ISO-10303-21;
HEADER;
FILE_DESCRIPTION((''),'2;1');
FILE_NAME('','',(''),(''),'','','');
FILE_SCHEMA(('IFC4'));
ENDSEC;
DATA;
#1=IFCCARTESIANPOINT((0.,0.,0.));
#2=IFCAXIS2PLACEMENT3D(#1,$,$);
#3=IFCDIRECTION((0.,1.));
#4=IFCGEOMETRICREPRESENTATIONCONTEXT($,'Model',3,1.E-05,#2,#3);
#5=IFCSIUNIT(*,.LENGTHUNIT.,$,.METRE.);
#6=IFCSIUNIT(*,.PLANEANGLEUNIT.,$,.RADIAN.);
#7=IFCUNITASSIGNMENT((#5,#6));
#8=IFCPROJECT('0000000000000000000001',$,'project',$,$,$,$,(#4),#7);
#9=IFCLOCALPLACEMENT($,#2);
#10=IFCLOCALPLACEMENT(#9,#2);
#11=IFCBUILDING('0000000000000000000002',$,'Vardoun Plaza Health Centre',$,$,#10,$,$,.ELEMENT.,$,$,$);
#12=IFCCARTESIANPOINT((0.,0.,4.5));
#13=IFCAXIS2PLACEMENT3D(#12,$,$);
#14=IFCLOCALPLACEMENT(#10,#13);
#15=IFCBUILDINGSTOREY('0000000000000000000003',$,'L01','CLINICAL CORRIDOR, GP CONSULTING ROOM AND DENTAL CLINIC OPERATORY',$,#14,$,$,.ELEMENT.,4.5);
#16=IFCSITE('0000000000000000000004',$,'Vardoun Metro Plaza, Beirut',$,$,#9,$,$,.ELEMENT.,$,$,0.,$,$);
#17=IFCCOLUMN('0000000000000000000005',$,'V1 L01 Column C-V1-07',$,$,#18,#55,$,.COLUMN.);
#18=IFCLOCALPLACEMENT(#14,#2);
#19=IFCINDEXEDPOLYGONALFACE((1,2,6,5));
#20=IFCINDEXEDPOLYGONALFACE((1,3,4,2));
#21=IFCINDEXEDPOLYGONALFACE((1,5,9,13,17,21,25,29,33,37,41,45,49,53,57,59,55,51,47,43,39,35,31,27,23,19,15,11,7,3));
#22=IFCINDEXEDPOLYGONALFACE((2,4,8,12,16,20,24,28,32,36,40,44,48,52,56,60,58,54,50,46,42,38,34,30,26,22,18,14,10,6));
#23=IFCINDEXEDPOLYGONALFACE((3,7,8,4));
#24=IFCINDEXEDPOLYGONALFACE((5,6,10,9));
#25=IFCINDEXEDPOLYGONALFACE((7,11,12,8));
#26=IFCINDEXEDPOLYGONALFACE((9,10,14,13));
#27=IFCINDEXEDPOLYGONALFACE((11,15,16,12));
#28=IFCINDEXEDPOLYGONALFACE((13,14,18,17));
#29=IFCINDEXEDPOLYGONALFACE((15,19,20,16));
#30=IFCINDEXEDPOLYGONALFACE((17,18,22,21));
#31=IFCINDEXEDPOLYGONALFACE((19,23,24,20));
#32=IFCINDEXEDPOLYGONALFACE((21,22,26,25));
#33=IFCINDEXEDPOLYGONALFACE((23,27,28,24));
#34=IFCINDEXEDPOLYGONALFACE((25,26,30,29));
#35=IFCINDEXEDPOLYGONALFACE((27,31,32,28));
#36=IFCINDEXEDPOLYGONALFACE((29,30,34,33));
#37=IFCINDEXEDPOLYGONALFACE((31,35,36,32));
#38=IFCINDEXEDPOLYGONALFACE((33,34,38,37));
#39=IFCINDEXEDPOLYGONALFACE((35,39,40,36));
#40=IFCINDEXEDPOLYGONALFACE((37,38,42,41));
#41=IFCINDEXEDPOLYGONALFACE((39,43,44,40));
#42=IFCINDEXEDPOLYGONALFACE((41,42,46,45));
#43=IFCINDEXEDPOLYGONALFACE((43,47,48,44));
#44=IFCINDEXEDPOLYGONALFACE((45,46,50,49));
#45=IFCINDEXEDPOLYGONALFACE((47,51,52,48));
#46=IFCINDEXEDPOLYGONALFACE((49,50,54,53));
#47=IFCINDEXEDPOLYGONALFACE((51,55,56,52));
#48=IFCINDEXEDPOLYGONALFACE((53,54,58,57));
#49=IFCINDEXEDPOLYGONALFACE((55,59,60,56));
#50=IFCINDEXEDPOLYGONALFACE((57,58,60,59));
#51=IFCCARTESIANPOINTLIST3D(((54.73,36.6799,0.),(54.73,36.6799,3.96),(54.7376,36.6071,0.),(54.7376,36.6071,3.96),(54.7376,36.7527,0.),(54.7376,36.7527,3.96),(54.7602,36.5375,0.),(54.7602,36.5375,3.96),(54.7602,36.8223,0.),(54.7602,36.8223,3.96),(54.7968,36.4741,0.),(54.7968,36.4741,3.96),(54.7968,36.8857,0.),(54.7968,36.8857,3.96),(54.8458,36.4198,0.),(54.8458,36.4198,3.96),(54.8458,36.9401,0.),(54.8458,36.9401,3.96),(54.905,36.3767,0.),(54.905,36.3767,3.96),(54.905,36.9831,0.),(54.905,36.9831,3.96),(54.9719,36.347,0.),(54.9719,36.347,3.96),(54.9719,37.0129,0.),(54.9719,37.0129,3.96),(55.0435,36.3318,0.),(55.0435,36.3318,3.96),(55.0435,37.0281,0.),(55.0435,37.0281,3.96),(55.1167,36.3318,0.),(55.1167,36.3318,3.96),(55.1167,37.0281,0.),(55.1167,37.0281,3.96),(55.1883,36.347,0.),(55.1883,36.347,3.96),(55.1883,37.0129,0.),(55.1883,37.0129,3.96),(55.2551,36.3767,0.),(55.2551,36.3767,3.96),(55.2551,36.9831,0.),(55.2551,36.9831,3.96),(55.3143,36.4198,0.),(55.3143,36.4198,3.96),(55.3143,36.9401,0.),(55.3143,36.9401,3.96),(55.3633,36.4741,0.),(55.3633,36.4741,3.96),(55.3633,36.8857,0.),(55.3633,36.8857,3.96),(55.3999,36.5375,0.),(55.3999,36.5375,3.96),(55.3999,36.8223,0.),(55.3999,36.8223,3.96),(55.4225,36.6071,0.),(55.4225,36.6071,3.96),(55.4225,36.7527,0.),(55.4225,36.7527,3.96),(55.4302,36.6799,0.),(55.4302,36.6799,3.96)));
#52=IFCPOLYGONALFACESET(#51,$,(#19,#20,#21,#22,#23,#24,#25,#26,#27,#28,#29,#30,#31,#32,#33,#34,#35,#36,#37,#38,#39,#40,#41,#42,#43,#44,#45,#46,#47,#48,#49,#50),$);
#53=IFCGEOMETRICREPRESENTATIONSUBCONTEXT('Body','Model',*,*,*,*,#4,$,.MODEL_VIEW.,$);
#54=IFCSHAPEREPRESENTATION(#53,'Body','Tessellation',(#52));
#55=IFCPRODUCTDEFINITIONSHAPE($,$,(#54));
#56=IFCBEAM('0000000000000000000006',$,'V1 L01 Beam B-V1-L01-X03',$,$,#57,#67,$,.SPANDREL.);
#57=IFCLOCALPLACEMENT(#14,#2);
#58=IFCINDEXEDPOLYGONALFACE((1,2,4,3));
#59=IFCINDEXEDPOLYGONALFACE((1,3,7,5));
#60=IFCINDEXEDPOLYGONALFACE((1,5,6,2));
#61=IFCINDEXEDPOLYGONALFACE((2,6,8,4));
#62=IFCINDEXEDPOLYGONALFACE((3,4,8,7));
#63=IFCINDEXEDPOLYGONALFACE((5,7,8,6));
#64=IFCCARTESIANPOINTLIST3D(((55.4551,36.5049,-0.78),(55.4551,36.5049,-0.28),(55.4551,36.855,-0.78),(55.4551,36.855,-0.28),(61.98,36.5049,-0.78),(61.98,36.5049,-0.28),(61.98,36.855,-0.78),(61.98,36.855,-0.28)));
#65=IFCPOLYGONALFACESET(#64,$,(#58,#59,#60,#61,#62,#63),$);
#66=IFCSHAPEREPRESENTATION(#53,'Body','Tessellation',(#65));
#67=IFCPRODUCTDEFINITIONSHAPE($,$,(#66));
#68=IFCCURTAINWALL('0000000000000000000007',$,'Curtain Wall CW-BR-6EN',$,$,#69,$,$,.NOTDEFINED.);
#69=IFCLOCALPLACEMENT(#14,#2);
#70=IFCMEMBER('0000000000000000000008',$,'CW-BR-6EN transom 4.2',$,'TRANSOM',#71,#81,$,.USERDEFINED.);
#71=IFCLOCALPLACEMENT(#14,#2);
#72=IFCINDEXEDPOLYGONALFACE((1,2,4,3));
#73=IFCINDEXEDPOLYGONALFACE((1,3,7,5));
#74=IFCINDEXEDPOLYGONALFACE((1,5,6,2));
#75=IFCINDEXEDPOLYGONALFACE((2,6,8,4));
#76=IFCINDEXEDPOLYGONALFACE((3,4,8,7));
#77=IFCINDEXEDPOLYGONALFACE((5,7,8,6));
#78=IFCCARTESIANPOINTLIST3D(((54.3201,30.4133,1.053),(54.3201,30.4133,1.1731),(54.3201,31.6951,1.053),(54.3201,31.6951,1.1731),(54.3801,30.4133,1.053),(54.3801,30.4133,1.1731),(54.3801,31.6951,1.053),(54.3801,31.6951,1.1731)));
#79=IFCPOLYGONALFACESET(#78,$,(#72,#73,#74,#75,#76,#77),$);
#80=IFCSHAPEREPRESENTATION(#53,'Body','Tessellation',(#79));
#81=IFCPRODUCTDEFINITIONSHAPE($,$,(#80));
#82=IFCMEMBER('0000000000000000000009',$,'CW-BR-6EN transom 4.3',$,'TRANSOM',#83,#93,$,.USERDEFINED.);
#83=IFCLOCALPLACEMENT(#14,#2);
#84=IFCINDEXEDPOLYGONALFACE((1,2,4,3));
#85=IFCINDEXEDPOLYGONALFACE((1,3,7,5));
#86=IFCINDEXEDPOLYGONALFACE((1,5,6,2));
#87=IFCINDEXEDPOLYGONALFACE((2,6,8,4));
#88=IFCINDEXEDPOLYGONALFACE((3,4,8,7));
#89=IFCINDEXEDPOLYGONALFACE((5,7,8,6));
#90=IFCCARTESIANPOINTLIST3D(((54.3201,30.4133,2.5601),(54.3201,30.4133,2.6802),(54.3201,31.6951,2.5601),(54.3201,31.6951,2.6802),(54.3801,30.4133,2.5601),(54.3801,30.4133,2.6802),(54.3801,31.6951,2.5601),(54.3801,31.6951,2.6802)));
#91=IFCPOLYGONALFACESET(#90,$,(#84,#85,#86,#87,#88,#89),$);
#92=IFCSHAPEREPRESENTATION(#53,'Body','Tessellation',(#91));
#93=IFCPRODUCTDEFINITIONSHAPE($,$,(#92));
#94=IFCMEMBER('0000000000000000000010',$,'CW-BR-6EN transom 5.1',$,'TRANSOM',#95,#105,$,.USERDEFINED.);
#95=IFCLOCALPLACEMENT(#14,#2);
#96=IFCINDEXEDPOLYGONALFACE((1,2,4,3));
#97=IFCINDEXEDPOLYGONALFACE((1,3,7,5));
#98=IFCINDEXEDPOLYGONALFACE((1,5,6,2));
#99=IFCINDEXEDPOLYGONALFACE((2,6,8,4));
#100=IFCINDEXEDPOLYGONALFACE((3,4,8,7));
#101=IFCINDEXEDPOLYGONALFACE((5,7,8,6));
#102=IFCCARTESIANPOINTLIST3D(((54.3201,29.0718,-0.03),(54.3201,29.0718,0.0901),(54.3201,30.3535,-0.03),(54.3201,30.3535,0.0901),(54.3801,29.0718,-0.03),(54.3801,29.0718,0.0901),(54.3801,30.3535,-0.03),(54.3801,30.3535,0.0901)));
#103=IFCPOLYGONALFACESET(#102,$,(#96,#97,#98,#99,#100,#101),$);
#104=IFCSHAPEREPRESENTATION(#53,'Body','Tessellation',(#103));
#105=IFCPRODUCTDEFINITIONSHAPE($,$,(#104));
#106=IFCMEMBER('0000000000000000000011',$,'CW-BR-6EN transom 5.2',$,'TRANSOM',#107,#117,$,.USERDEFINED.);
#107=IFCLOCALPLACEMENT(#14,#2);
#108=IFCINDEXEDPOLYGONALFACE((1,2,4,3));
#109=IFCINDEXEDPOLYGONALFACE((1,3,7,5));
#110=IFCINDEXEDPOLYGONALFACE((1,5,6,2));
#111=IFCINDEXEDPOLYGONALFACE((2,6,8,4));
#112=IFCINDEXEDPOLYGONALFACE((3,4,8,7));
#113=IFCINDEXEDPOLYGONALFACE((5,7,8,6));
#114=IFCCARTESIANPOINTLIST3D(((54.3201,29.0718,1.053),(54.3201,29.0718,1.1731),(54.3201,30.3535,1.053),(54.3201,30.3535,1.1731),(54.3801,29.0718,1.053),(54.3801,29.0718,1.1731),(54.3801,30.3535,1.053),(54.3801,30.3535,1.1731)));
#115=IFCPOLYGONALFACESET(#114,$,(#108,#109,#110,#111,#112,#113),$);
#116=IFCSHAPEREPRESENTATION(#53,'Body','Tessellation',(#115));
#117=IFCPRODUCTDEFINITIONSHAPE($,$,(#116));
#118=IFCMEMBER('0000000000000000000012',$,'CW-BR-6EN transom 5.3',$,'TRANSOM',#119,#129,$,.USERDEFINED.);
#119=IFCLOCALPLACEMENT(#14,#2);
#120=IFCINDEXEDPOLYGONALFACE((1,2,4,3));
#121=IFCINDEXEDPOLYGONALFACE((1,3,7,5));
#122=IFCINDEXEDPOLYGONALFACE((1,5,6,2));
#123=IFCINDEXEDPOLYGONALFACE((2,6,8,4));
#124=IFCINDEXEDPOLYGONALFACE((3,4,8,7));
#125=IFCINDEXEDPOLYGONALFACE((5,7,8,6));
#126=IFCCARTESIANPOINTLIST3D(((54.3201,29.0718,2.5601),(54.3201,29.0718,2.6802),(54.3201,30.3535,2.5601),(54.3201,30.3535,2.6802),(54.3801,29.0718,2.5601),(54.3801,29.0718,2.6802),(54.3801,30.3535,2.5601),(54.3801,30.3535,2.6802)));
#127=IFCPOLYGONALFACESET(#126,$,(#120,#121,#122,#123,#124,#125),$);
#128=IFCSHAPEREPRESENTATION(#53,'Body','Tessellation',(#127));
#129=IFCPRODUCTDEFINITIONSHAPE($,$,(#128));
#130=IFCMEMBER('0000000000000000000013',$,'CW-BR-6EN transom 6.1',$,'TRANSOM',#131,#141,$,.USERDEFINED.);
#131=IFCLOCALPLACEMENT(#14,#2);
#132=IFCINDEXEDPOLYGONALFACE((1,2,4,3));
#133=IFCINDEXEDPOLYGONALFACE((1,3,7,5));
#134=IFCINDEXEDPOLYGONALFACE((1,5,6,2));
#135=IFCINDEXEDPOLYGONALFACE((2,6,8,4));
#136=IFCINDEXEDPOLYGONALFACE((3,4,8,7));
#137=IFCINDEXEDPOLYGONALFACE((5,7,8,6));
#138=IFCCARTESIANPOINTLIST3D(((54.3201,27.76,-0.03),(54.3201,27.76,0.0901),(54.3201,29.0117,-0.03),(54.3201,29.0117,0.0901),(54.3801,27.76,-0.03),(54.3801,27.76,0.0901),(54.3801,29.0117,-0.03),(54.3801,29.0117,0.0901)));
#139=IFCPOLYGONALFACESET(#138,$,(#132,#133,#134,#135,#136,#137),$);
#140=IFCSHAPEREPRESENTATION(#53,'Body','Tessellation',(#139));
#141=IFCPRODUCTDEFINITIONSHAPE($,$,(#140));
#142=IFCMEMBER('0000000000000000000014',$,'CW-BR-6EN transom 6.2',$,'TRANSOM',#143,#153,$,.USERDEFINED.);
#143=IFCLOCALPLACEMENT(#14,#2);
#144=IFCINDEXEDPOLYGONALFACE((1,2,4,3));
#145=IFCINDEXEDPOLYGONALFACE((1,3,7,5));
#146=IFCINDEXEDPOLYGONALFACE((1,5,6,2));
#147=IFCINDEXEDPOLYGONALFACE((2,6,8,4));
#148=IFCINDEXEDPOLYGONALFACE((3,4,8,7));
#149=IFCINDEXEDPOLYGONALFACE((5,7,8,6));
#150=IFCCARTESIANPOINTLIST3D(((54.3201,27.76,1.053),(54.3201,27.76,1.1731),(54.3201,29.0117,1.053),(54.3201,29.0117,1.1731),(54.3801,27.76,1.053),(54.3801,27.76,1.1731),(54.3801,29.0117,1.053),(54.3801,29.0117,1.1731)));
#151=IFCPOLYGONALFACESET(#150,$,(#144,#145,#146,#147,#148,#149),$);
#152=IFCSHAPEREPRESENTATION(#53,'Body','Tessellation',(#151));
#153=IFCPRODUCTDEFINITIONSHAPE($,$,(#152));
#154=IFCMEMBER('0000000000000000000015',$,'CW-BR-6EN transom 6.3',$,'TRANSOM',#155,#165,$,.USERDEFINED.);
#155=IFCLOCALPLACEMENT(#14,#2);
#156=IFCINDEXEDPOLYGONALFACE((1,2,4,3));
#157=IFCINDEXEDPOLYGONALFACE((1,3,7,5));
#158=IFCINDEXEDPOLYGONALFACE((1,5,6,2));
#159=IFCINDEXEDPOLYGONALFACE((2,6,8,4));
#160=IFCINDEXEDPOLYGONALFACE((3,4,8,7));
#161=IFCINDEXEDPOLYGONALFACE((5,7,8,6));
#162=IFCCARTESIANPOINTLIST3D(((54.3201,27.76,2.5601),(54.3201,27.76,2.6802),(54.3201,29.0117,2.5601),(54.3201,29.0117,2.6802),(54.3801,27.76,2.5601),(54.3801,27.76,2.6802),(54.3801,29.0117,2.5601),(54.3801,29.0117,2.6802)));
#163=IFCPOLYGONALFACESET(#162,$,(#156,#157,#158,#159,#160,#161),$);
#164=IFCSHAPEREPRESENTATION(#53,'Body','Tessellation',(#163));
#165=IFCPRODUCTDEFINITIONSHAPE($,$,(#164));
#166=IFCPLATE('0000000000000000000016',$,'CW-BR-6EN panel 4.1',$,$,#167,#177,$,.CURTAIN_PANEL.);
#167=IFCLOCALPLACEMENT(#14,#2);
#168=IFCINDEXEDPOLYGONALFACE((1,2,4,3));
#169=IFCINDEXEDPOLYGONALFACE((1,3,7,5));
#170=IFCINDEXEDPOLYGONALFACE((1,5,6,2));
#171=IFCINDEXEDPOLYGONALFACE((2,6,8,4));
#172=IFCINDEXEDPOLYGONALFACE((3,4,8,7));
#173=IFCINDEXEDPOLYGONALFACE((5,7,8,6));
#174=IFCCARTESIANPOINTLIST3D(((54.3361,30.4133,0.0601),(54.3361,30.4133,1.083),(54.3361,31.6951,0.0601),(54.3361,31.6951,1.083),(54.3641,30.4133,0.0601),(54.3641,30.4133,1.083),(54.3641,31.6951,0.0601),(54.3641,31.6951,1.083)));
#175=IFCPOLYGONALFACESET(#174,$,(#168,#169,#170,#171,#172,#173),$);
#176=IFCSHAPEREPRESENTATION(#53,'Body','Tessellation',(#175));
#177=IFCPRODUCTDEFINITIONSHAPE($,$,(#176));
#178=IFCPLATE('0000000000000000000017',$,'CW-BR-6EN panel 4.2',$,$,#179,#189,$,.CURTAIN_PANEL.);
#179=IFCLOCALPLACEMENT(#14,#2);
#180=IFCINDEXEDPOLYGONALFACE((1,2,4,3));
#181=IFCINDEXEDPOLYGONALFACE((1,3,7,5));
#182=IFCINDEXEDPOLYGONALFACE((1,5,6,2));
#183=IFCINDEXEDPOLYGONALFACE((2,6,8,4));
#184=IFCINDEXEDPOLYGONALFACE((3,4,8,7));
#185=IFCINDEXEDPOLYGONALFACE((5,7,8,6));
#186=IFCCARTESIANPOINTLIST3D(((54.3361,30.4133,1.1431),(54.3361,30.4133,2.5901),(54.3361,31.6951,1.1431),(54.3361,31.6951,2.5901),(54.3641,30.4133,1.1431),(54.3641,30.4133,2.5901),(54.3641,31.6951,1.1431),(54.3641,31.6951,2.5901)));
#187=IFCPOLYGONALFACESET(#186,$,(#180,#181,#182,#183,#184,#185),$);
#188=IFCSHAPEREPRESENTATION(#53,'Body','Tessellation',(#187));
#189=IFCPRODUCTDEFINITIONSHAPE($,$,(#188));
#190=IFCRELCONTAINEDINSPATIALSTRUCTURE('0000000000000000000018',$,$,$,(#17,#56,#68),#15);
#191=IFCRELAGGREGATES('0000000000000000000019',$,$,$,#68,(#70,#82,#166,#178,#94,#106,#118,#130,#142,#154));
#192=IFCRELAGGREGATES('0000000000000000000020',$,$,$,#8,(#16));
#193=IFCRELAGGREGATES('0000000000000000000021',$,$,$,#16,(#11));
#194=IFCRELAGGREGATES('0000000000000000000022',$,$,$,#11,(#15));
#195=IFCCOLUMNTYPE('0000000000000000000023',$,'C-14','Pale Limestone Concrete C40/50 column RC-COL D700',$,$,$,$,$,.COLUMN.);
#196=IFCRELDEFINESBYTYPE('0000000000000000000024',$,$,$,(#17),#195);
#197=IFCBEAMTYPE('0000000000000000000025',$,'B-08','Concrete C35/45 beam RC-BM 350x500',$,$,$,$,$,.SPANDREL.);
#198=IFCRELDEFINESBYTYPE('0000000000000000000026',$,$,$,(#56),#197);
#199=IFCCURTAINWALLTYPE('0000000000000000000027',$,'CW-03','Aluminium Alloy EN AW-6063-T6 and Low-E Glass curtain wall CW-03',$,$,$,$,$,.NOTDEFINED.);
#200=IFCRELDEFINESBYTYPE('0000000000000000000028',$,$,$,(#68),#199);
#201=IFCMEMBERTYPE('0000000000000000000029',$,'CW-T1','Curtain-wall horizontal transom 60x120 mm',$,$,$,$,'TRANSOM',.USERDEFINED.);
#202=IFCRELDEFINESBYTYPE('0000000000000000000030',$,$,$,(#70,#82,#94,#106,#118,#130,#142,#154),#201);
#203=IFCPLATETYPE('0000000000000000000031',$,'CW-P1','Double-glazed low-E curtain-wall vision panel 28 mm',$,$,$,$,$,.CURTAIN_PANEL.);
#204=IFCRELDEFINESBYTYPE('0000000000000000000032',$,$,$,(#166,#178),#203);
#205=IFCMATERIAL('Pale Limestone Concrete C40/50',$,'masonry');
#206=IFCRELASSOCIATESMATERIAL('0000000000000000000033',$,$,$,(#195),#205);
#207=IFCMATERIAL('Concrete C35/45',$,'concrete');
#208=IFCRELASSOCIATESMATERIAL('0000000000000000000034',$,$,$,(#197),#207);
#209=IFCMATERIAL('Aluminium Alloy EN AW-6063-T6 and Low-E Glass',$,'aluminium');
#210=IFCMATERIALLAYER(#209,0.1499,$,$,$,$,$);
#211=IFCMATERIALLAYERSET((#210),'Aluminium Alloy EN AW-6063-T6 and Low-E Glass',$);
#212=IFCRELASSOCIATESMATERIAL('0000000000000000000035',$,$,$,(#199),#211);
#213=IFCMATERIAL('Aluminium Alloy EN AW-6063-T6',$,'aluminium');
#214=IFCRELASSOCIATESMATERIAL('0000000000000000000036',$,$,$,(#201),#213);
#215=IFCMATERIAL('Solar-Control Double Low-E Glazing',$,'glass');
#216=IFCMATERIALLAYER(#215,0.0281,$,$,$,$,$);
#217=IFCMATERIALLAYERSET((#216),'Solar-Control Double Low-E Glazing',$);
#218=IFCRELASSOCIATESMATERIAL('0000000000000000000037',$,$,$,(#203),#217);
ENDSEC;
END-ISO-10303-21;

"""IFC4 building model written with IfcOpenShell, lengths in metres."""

from ifc_helpers import new_model, si_unit, direction, frame, origin, origin_2d, place, context, subcontext, project, spatial, rectangle, circle, extrude, material, layer, layer_set, material_profile, profile_set, type_object, element, aggregate, save


model = new_model("IFC4")

# Units and contexts
model_context = context("Model", 3, precision=1e-05, world=origin(), true_north=direction((0.0, 1.0)))
body_context = subcontext(model_context, "Body", "Model", "MODEL_VIEW")
ifc_project = project(units=[si_unit("LENGTHUNIT", "METRE"), si_unit("PLANEANGLEUNIT", "RADIAN")], contexts=[model_context])

# Site, building, storey
site_placement = place(None, origin())
site = spatial("IfcSite", under=ifc_project, at=site_placement, Name="Vardoun Metro Plaza, Beirut", CompositionType="ELEMENT", RefElevation=0.0)
building_placement = place(site_placement, origin())
building = spatial("IfcBuilding", under=site, at=building_placement, Name="Vardoun Plaza Health Centre", CompositionType="ELEMENT")
storey_placement = place(building_placement, frame((0.0, 0.0, 4.5)))
storey = spatial("IfcBuildingStorey", under=building, at=storey_placement, Name="L01", Description="CLINICAL CORRIDOR, GP CONSULTING ROOM AND DENTAL CLINIC OPERATORY", CompositionType="ELEMENT", Elevation=4.5)

# Column
ifc_material_1 = material(Name="Pale Limestone Concrete C40/50", Category="masonry")
ifc_material_profile_1 = material_profile(ifc_material_1, circle(Radius=0.3501, at=origin_2d()), Name="RC-COL D700")
ifc_profile_set_1 = profile_set([ifc_material_profile_1], Name="Pale Limestone Concrete C40/50")
column_type = type_object("IfcColumnType", Name="C-14", Description="Pale Limestone Concrete C40/50 column RC-COL D700", PredefinedType="COLUMN", material=ifc_profile_set_1)
column_placement = place(storey_placement, frame((55.0801, 36.6799, 0.0), z_axis=(0.0, 0.0, 1.0), x_axis=(1.0, 0.0, 0.0)))
element("IfcColumn", 1, at=column_placement, inside=storey, type_object=column_type, Name="V1 L01 Column C-V1-07", PredefinedType="COLUMN", context=body_context, shape_type="SweptSolid", body=[
    extrude(circle(Radius=0.3501, at=origin_2d()), origin(), (0.0, 0.0, 1.0), 3.96),
])

# Beam
ifc_material_2 = material(Name="Concrete C35/45", Category="concrete")
ifc_material_profile_2 = material_profile(ifc_material_2, rectangle(XDim=0.3501, YDim=0.5, at=origin_2d()), Name="RC-BM 350x500")
ifc_profile_set_2 = profile_set([ifc_material_profile_2], Name="Concrete C35/45")
beam_type = type_object("IfcBeamType", Name="B-08", Description="Concrete C35/45 beam RC-BM 350x500", PredefinedType="SPANDREL", material=ifc_profile_set_2)
beam_placement = place(storey_placement, frame((55.4551, 36.6799, -0.53), z_axis=(1.0, 0.0, 0.0), x_axis=(0.0, 1.0, 0.0)))
element("IfcBeam", 2, at=beam_placement, inside=storey, type_object=beam_type, Name="V1 L01 Beam B-V1-L01-X03", PredefinedType="SPANDREL", context=body_context, shape_type="SweptSolid", body=[
    extrude(rectangle(XDim=0.3501, YDim=0.5, at=origin_2d()), origin(), (0.0, 0.0, 1.0), 6.5249),
])

# Curtain wall, members, plates
ifc_material_3 = material(Name="Aluminium Alloy EN AW-6063-T6 and Low-E Glass", Category="aluminium")
ifc_layer_1 = layer(ifc_material_3, 0.1499)
ifc_layer_set_1 = layer_set([ifc_layer_1], Name="Aluminium Alloy EN AW-6063-T6 and Low-E Glass")
curtain_wall_type = type_object("IfcCurtainWallType", Name="CW-03", Description="Aluminium Alloy EN AW-6063-T6 and Low-E Glass curtain wall CW-03", PredefinedType="NOTDEFINED", material=ifc_layer_set_1)
curtain_wall_placement = place(storey_placement, origin())
curtain_wall = element("IfcCurtainWall", 3, at=curtain_wall_placement, inside=storey, type_object=curtain_wall_type, Name="Curtain Wall CW-BR-6EN", PredefinedType="NOTDEFINED")
ifc_material_4 = material(Name="Aluminium Alloy EN AW-6063-T6", Category="aluminium")
ifc_material_profile_3 = material_profile(ifc_material_4, rectangle(XDim=0.0601, YDim=0.1201, at=origin_2d()), Name="CWT 60x120")
ifc_profile_set_3 = profile_set([ifc_material_profile_3], Name="Aluminium Alloy EN AW-6063-T6")
member_type = type_object("IfcMemberType", Name="CW-T1", Description="Curtain-wall horizontal transom 60x120 mm", ElementType="TRANSOM", PredefinedType="USERDEFINED", material=ifc_profile_set_3)
member_1_placement = place(storey_placement, frame((54.3501, 31.6951, 1.113), z_axis=(0.0, -1.0, 0.0), x_axis=(1.0, 0.0, 0.0)))
member_1 = element("IfcMember", 4, at=member_1_placement, type_object=member_type, Name="CW-BR-6EN transom 4.2", ObjectType="TRANSOM", PredefinedType="USERDEFINED", context=body_context, shape_type="SweptSolid", body=[
    extrude(rectangle(XDim=0.0601, YDim=0.1201, at=origin_2d()), origin(), (0.0, 0.0, 1.0), 1.2817),
])
member_2_placement = place(storey_placement, frame((54.3501, 31.6951, 2.6201), z_axis=(0.0, -1.0, 0.0), x_axis=(1.0, 0.0, 0.0)))
member_2 = element("IfcMember", 5, at=member_2_placement, type_object=member_type, Name="CW-BR-6EN transom 4.3", ObjectType="TRANSOM", PredefinedType="USERDEFINED", context=body_context, shape_type="SweptSolid", body=[
    extrude(rectangle(XDim=0.0601, YDim=0.1201, at=origin_2d()), origin(), (0.0, 0.0, 1.0), 1.2817),
])
member_3_placement = place(storey_placement, frame((54.3501, 30.3535, 0.03), z_axis=(0.0, -1.0, 0.0), x_axis=(1.0, 0.0, 0.0)))
member_3 = element("IfcMember", 6, at=member_3_placement, type_object=member_type, Name="CW-BR-6EN transom 5.1", ObjectType="TRANSOM", PredefinedType="USERDEFINED", context=body_context, shape_type="SweptSolid", body=[
    extrude(rectangle(XDim=0.0601, YDim=0.1201, at=origin_2d()), origin(), (0.0, 0.0, 1.0), 1.2817),
])
member_4_placement = place(storey_placement, frame((54.3501, 30.3535, 1.113), z_axis=(0.0, -1.0, 0.0), x_axis=(1.0, 0.0, 0.0)))
member_4 = element("IfcMember", 7, at=member_4_placement, type_object=member_type, Name="CW-BR-6EN transom 5.2", ObjectType="TRANSOM", PredefinedType="USERDEFINED", context=body_context, shape_type="SweptSolid", body=[
    extrude(rectangle(XDim=0.0601, YDim=0.1201, at=origin_2d()), origin(), (0.0, 0.0, 1.0), 1.2817),
])
member_5_placement = place(storey_placement, frame((54.3501, 30.3535, 2.6201), z_axis=(0.0, -1.0, 0.0), x_axis=(1.0, 0.0, 0.0)))
member_5 = element("IfcMember", 8, at=member_5_placement, type_object=member_type, Name="CW-BR-6EN transom 5.3", ObjectType="TRANSOM", PredefinedType="USERDEFINED", context=body_context, shape_type="SweptSolid", body=[
    extrude(rectangle(XDim=0.0601, YDim=0.1201, at=origin_2d()), origin(), (0.0, 0.0, 1.0), 1.2817),
])
member_6_placement = place(storey_placement, frame((54.3501, 29.0117, 0.03), z_axis=(0.0, -1.0, 0.0), x_axis=(1.0, 0.0, 0.0)))
member_6 = element("IfcMember", 9, at=member_6_placement, type_object=member_type, Name="CW-BR-6EN transom 6.1", ObjectType="TRANSOM", PredefinedType="USERDEFINED", context=body_context, shape_type="SweptSolid", body=[
    extrude(rectangle(XDim=0.0601, YDim=0.1201, at=origin_2d()), origin(), (0.0, 0.0, 1.0), 1.2517),
])
member_7_placement = place(storey_placement, frame((54.3501, 29.0117, 1.113), z_axis=(0.0, -1.0, 0.0), x_axis=(1.0, 0.0, 0.0)))
member_7 = element("IfcMember", 10, at=member_7_placement, type_object=member_type, Name="CW-BR-6EN transom 6.2", ObjectType="TRANSOM", PredefinedType="USERDEFINED", context=body_context, shape_type="SweptSolid", body=[
    extrude(rectangle(XDim=0.0601, YDim=0.1201, at=origin_2d()), origin(), (0.0, 0.0, 1.0), 1.2517),
])
member_8_placement = place(storey_placement, frame((54.3501, 29.0117, 2.6201), z_axis=(0.0, -1.0, 0.0), x_axis=(1.0, 0.0, 0.0)))
member_8 = element("IfcMember", 11, at=member_8_placement, type_object=member_type, Name="CW-BR-6EN transom 6.3", ObjectType="TRANSOM", PredefinedType="USERDEFINED", context=body_context, shape_type="SweptSolid", body=[
    extrude(rectangle(XDim=0.0601, YDim=0.1201, at=origin_2d()), origin(), (0.0, 0.0, 1.0), 1.2517),
])
ifc_material_5 = material(Name="Solar-Control Double Low-E Glazing", Category="glass")
ifc_layer_2 = layer(ifc_material_5, 0.0281)
ifc_layer_set_2 = layer_set([ifc_layer_2], Name="Solar-Control Double Low-E Glazing")
plate_type = type_object("IfcPlateType", Name="CW-P1", Description="Double-glazed low-E curtain-wall vision panel 28 mm", PredefinedType="CURTAIN_PANEL", material=ifc_layer_set_2)
plate_1_placement = place(storey_placement, frame((54.3501, 31.0542, 0.0601), z_axis=(0.0, 0.0, 1.0), x_axis=(0.0, -1.0, 0.0)))
plate_1 = element("IfcPlate", 12, at=plate_1_placement, type_object=plate_type, Name="CW-BR-6EN panel 4.1", PredefinedType="CURTAIN_PANEL", context=body_context, shape_type="SweptSolid", body=[
    extrude(rectangle(XDim=1.2817, YDim=0.0281, at=origin_2d()), origin(), (0.0, 0.0, 1.0), 1.0229),
])
plate_2_placement = place(storey_placement, frame((54.3501, 31.0542, 1.1431), z_axis=(0.0, 0.0, 1.0), x_axis=(0.0, -1.0, 0.0)))
plate_2 = element("IfcPlate", 13, at=plate_2_placement, type_object=plate_type, Name="CW-BR-6EN panel 4.2", PredefinedType="CURTAIN_PANEL", context=body_context, shape_type="SweptSolid", body=[
    extrude(rectangle(XDim=1.2817, YDim=0.0281, at=origin_2d()), origin(), (0.0, 0.0, 1.0), 1.447),
])
aggregate(curtain_wall, [member_1, member_2, plate_1, plate_2, member_3, member_4, member_5, member_6, member_7, member_8])

save(model, "model.ifc")
